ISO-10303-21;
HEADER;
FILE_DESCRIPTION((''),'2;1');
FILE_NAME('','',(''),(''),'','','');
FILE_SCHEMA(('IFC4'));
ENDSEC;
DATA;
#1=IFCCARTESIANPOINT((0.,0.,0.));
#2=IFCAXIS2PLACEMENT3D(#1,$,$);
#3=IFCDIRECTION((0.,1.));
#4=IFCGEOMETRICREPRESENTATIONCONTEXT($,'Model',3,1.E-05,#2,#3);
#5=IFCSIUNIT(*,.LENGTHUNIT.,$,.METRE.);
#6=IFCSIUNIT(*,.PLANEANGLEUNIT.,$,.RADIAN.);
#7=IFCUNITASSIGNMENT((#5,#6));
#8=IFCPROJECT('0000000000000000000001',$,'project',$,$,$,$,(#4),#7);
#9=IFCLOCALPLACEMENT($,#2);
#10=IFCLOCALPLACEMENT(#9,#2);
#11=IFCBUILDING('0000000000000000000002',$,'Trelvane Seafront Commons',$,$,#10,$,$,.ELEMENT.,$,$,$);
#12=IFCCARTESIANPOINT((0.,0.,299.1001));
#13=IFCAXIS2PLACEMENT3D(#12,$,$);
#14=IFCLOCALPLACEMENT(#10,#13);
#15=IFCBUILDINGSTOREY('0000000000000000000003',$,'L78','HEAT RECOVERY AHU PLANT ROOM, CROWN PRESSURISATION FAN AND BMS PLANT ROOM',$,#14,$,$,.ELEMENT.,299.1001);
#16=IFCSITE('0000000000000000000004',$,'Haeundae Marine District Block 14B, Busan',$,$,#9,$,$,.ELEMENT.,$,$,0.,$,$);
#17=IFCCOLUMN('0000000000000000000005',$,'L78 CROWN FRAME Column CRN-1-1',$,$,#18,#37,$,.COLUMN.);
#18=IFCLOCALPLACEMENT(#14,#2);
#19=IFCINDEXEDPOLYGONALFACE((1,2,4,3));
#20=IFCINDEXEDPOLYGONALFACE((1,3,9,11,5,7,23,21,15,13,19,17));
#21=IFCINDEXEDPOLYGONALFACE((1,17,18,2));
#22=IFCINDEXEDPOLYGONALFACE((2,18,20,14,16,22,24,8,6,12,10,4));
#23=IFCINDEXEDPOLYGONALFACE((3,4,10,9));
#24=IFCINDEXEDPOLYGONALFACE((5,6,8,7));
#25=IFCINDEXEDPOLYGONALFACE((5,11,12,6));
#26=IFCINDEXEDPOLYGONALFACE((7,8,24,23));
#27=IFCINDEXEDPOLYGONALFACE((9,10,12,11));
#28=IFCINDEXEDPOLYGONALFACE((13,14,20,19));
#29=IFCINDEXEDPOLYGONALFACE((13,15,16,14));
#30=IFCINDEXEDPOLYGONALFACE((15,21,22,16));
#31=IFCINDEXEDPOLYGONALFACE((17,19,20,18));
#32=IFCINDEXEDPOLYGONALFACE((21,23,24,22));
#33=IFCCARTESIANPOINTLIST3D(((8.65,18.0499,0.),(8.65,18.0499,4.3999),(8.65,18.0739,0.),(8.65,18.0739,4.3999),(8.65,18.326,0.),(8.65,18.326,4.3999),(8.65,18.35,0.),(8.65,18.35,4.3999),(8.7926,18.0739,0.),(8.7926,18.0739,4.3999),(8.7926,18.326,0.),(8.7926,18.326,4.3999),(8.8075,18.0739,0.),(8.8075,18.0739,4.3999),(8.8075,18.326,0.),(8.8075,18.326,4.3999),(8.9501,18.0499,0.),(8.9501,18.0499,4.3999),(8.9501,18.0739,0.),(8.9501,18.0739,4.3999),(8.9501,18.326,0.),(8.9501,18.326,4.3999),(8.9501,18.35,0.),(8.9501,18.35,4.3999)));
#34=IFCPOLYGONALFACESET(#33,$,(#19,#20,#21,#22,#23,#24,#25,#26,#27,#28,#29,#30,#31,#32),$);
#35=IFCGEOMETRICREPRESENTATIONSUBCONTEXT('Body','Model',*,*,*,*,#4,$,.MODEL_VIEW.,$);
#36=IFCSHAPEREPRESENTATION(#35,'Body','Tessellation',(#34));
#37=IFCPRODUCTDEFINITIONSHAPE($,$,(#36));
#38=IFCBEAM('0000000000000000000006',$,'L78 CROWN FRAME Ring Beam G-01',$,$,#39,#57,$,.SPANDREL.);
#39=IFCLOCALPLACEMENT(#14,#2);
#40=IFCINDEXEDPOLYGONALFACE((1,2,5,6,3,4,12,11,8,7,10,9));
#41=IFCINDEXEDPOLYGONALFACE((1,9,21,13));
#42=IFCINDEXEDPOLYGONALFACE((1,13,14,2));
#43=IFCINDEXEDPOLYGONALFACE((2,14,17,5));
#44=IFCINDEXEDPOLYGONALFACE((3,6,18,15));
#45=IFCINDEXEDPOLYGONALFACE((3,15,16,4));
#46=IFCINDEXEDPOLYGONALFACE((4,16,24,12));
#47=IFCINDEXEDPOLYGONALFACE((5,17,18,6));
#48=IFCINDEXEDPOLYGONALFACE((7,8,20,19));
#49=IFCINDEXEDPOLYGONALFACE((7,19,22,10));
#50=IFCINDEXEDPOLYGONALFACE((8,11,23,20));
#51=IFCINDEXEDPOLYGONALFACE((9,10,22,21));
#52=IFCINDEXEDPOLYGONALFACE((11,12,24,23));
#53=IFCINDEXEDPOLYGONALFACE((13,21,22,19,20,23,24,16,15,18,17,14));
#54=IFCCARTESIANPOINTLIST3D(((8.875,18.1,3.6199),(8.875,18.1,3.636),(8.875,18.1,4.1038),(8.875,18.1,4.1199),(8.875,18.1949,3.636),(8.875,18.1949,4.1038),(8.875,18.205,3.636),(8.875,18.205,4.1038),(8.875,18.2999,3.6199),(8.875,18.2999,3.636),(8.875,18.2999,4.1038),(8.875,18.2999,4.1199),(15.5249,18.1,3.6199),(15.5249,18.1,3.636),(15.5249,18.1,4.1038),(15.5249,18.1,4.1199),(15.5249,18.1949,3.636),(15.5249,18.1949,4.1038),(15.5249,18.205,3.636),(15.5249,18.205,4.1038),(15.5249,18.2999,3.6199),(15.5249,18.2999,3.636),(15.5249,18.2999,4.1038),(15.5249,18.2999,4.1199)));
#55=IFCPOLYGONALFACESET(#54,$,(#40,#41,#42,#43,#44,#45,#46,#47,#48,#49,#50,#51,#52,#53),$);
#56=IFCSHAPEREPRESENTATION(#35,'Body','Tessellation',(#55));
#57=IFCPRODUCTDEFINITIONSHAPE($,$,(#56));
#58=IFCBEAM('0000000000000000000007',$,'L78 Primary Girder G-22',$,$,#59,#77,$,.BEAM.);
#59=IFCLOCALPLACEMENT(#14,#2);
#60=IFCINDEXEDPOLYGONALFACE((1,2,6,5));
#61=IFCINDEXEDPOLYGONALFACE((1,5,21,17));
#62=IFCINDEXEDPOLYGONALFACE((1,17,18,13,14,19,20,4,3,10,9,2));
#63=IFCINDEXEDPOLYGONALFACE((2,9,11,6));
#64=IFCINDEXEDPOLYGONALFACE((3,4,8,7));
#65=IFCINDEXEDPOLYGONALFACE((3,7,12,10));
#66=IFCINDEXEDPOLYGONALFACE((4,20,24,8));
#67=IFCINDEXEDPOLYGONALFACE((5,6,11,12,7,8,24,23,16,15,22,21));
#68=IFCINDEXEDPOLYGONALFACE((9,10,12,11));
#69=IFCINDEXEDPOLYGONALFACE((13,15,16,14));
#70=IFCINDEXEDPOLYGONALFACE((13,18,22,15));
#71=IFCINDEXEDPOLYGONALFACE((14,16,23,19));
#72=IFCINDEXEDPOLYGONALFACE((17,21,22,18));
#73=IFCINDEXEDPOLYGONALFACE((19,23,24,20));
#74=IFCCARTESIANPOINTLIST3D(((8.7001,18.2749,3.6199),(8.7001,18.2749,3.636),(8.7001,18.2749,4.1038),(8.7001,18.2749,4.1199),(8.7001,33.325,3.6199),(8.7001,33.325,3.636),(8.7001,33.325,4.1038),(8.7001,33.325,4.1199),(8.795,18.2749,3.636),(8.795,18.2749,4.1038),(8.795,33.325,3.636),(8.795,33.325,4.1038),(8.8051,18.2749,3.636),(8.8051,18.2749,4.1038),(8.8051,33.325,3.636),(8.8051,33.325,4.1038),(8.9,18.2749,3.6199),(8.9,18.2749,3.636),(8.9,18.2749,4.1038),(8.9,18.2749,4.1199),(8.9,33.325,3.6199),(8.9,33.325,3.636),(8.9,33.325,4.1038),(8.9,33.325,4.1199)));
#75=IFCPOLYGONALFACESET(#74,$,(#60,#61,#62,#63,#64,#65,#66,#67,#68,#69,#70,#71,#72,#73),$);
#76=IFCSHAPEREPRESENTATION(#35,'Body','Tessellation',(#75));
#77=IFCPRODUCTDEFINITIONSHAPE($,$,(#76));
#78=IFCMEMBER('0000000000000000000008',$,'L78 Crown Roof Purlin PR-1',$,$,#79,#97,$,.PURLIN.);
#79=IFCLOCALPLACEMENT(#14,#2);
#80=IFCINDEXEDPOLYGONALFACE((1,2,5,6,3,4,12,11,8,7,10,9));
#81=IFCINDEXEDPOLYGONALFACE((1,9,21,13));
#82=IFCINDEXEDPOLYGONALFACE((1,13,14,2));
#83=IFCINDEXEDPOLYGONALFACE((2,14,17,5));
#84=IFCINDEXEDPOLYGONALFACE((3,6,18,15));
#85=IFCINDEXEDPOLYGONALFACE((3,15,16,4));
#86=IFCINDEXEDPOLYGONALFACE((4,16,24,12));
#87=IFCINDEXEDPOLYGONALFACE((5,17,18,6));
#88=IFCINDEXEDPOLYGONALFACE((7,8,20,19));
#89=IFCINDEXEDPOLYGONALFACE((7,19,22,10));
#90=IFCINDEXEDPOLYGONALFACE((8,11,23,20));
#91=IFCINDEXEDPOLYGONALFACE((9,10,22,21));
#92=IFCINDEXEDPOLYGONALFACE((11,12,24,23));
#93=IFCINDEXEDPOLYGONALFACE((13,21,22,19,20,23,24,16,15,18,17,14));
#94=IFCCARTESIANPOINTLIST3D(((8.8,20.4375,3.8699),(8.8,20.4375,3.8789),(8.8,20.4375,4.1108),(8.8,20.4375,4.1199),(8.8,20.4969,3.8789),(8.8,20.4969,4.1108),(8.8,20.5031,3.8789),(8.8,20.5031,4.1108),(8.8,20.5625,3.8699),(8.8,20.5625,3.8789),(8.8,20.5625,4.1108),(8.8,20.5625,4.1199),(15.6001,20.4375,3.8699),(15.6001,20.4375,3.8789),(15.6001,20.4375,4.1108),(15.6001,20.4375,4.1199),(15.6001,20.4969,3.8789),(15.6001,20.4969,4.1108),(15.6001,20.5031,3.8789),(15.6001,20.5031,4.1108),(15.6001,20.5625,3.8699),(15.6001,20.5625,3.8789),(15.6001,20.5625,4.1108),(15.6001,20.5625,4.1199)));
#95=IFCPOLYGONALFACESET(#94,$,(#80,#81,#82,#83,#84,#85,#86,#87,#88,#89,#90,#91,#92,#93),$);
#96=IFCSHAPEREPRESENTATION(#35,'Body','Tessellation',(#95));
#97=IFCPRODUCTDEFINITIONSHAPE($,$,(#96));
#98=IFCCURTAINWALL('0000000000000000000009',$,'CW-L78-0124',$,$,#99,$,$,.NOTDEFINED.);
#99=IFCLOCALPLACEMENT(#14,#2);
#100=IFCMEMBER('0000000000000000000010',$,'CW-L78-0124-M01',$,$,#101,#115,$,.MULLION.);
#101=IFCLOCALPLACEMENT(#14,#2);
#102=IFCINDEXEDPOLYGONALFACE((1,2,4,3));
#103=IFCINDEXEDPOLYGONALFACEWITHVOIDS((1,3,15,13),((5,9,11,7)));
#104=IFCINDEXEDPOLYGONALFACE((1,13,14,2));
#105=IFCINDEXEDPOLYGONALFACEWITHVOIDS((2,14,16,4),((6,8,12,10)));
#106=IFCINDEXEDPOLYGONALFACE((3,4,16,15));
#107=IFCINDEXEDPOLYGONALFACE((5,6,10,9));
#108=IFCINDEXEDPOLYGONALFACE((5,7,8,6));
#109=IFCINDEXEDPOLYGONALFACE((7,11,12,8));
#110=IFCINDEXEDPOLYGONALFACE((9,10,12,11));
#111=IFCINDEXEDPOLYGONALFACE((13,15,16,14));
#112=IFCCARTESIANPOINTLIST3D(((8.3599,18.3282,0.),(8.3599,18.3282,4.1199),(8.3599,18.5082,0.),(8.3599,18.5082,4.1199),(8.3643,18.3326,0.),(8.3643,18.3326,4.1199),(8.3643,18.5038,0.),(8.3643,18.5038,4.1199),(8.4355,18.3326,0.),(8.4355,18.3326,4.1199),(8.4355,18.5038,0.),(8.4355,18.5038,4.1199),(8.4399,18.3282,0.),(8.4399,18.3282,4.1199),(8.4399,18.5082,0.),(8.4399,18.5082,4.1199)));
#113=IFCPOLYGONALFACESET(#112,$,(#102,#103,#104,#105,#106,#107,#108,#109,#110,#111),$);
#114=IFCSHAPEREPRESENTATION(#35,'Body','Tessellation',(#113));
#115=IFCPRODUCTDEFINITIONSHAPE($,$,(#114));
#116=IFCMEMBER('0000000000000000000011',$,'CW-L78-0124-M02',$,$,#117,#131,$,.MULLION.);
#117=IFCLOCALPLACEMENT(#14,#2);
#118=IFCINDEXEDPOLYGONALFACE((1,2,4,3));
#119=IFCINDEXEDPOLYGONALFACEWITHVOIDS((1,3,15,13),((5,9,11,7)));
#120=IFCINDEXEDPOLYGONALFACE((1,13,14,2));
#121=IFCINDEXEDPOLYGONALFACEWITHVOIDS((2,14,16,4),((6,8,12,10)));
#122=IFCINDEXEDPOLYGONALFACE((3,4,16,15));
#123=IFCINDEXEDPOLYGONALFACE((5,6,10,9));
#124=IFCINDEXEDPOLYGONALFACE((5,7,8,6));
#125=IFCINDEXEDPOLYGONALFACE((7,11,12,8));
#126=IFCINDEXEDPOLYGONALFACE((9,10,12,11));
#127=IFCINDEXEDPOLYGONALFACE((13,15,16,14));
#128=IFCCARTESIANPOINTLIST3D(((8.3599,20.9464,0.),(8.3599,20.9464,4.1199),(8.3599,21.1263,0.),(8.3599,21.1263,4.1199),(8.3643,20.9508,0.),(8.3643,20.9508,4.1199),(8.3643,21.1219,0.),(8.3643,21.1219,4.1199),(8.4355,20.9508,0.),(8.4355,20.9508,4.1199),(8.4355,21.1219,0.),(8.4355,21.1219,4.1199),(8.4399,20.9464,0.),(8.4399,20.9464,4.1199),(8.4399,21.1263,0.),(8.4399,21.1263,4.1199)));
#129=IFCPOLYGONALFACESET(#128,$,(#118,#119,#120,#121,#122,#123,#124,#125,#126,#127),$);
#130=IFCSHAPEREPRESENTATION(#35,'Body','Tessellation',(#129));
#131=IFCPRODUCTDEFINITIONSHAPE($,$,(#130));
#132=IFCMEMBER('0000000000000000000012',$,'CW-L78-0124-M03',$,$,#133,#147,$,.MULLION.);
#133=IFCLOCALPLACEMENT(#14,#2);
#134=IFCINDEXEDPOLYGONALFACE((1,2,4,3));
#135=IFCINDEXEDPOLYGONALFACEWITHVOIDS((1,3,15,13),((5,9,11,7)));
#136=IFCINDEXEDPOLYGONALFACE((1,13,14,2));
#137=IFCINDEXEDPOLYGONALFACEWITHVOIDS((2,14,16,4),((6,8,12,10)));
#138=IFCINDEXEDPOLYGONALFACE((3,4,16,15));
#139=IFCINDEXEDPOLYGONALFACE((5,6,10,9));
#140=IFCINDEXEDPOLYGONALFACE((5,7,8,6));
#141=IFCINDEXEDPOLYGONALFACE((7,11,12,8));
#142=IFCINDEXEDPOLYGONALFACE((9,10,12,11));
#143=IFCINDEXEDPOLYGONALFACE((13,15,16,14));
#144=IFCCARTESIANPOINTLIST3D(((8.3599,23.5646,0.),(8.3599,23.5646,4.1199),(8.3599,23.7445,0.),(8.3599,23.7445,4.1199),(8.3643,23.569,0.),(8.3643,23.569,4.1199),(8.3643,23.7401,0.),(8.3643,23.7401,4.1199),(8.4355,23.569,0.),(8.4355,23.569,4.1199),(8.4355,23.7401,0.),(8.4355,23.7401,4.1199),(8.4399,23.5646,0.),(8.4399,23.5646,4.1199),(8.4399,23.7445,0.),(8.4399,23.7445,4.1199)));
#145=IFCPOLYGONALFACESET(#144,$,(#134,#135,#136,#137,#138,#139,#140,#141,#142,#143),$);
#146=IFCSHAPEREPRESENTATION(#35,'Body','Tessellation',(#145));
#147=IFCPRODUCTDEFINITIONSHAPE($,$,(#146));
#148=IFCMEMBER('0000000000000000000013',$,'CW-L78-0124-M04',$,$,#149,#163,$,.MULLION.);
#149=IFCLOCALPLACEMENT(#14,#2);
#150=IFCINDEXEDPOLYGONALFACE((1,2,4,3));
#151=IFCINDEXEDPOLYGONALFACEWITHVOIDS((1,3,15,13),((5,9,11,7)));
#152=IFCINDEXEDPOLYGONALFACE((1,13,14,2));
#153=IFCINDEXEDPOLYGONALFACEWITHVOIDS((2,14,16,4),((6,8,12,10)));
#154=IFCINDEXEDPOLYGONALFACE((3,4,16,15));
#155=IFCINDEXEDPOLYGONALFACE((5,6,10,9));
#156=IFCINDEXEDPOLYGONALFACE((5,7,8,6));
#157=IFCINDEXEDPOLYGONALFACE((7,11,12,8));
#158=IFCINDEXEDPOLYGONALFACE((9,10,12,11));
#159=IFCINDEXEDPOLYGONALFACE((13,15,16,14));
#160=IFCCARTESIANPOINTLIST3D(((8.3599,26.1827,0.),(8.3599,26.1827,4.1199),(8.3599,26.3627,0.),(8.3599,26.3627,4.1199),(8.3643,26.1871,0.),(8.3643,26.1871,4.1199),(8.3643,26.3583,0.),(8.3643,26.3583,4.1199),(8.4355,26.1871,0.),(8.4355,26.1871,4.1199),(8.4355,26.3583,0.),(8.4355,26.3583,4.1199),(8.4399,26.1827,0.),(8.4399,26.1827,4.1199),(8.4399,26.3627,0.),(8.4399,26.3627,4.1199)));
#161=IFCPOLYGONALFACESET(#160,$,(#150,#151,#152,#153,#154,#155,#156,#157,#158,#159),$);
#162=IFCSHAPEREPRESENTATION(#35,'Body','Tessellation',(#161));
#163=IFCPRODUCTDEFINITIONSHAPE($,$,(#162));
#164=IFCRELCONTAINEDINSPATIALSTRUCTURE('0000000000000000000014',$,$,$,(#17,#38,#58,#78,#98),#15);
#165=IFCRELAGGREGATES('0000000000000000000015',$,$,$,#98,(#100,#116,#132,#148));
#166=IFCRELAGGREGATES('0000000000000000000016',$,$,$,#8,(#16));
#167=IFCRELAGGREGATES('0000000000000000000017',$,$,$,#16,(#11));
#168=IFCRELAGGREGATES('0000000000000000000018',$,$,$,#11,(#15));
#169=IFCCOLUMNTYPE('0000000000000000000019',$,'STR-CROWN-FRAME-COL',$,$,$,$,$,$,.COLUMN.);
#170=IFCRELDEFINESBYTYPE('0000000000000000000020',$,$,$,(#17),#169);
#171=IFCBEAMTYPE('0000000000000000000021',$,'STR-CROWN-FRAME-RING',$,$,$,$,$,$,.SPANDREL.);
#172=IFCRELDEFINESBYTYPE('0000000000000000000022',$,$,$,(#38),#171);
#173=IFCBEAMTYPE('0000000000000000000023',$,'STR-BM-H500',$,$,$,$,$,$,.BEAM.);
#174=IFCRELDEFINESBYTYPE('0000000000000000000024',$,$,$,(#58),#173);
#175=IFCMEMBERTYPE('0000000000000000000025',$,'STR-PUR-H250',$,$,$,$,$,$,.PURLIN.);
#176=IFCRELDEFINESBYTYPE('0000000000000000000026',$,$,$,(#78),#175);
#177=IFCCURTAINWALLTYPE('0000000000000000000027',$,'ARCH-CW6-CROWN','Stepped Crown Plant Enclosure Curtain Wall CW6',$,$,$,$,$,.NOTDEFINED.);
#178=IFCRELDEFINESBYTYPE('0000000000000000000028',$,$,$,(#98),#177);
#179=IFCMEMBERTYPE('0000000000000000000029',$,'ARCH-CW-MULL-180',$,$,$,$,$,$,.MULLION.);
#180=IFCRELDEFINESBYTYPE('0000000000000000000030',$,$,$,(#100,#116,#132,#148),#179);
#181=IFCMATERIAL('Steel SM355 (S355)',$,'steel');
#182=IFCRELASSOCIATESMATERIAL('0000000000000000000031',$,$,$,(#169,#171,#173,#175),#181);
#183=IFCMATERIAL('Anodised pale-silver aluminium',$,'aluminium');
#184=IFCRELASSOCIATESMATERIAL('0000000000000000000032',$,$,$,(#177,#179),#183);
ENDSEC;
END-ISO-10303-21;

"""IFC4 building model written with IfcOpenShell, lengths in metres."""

from ifc_helpers import new_model, si_unit, direction, frame, origin, origin_2d, place, context, subcontext, project, spatial, hollow_rectangle, i_section, extrude, source, transform, mapped, material, material_profile, profile_set, type_object, element, aggregate, save


model = new_model("IFC4")

# Units and contexts
model_context = context("Model", 3, precision=1e-05, world=origin(), true_north=direction((0.0, 1.0)))
body_context = subcontext(model_context, "Body", "Model", "MODEL_VIEW")
ifc_project = project(units=[si_unit("LENGTHUNIT", "METRE"), si_unit("PLANEANGLEUNIT", "RADIAN")], contexts=[model_context])

# Site, building, storey
site_placement = place(None, origin())
site = spatial("IfcSite", under=ifc_project, at=site_placement, Name="Haeundae Marine District Block 14B, Busan", CompositionType="ELEMENT", RefElevation=0.0)
building_placement = place(site_placement, origin())
building = spatial("IfcBuilding", under=site, at=building_placement, Name="Trelvane Seafront Commons", CompositionType="ELEMENT")
storey_placement = place(building_placement, frame((0.0, 0.0, 299.1001)))
storey = spatial("IfcBuildingStorey", under=building, at=storey_placement, Name="L78", Description="HEAT RECOVERY AHU PLANT ROOM, CROWN PRESSURISATION FAN AND BMS PLANT ROOM", CompositionType="ELEMENT", Elevation=299.1001)

# Column
ifc_material_1 = material(Name="Steel SM355 (S355)", Category="steel")
ifc_material_profile_1 = material_profile(ifc_material_1, i_section(OverallWidth=0.3, OverallDepth=0.3, WebThickness=0.0149, FlangeThickness=0.0239, at=origin_2d()), Name="HD-300x300x15x24")
ifc_profile_set_1 = profile_set([ifc_material_profile_1], Name="Steel SM355 (S355)")
column_type = type_object("IfcColumnType", Name="STR-CROWN-FRAME-COL", PredefinedType="COLUMN", material=ifc_profile_set_1)
shared_shape_1 = source(origin(), body_context, "Body", "SweptSolid", [
    extrude(i_section(OverallWidth=0.3, OverallDepth=0.3, WebThickness=0.0149, FlangeThickness=0.0239, at=origin_2d()), origin(), (0.0, 0.0, 1.0), 4.3999),
])
column_placement = place(storey_placement, frame((8.8, 18.2, 0.0), z_axis=(0.0, 0.0, 1.0), x_axis=(1.0, 0.0, 0.0)))
element("IfcColumn", 1, at=column_placement, inside=storey, type_object=column_type, Name="L78 CROWN FRAME Column CRN-1-1", PredefinedType="COLUMN", context=body_context, shape_type="MappedRepresentation", body=[
    mapped(shared_shape_1, transform((0.0, 0.0, 0.0), x_axis=(1.0, 0.0, 0.0), y_axis=(0.0, 1.0, 0.0), z_axis=(0.0, 0.0, 1.0), scale=1.0)),
])

# Beams
ifc_material_profile_2 = material_profile(ifc_material_1, i_section(OverallWidth=0.2, OverallDepth=0.5, WebThickness=0.01, FlangeThickness=0.0161, at=origin_2d()), Name="H-500x200x10x16")
ifc_profile_set_2 = profile_set([ifc_material_profile_2], Name="Steel SM355 (S355)")
beam_type_1 = type_object("IfcBeamType", Name="STR-CROWN-FRAME-RING", PredefinedType="SPANDREL", material=ifc_profile_set_2)
shared_shape_2 = source(origin(), body_context, "Body", "SweptSolid", [
    extrude(i_section(OverallWidth=0.2, OverallDepth=0.5, WebThickness=0.01, FlangeThickness=0.0161, at=origin_2d()), origin(), (0.0, 0.0, 1.0), 6.6499),
])
beam_1_placement = place(storey_placement, frame((8.875, 18.2, 3.8699), z_axis=(1.0, 0.0, 0.0), x_axis=(0.0, 1.0, 0.0)))
element("IfcBeam", 2, at=beam_1_placement, inside=storey, type_object=beam_type_1, Name="L78 CROWN FRAME Ring Beam G-01", PredefinedType="SPANDREL", context=body_context, shape_type="MappedRepresentation", body=[
    mapped(shared_shape_2, transform((0.0, 0.0, 0.0), x_axis=(1.0, 0.0, 0.0), y_axis=(0.0, 1.0, 0.0), z_axis=(0.0, 0.0, 1.0), scale=1.0)),
])
ifc_material_profile_3 = material_profile(ifc_material_1, i_section(OverallWidth=0.2, OverallDepth=0.5, WebThickness=0.01, FlangeThickness=0.0161, at=origin_2d()), Name="H-500x200x10x16")
ifc_profile_set_3 = profile_set([ifc_material_profile_3], Name="Steel SM355 (S355)")
beam_type_2 = type_object("IfcBeamType", Name="STR-BM-H500", PredefinedType="BEAM", material=ifc_profile_set_3)
shared_shape_3 = source(origin(), body_context, "Body", "SweptSolid", [
    extrude(i_section(OverallWidth=0.2, OverallDepth=0.5, WebThickness=0.01, FlangeThickness=0.0161, at=origin_2d()), origin(), (0.0, 0.0, 1.0), 15.05),
])
beam_2_placement = place(storey_placement, frame((8.8, 18.2749, 3.8699), z_axis=(0.0, 1.0, 0.0), x_axis=(-1.0, 0.0, 0.0)))
element("IfcBeam", 3, at=beam_2_placement, inside=storey, type_object=beam_type_2, Name="L78 Primary Girder G-22", PredefinedType="BEAM", context=body_context, shape_type="MappedRepresentation", body=[
    mapped(shared_shape_3, transform((0.0, 0.0, 0.0), x_axis=(1.0, 0.0, 0.0), y_axis=(0.0, 1.0, 0.0), z_axis=(0.0, 0.0, 1.0), scale=1.0)),
])

# Member
ifc_material_profile_4 = material_profile(ifc_material_1, i_section(OverallWidth=0.125, OverallDepth=0.25, WebThickness=0.0061, FlangeThickness=0.009, at=origin_2d()), Name="H-250x125x6x9")
ifc_profile_set_4 = profile_set([ifc_material_profile_4], Name="Steel SM355 (S355)")
member_type_1 = type_object("IfcMemberType", Name="STR-PUR-H250", PredefinedType="PURLIN", material=ifc_profile_set_4)
shared_shape_4 = source(origin(), body_context, "Body", "SweptSolid", [
    extrude(i_section(OverallWidth=0.125, OverallDepth=0.25, WebThickness=0.0061, FlangeThickness=0.009, at=origin_2d()), origin(), (0.0, 0.0, 1.0), 6.8),
])
member_1_placement = place(storey_placement, frame((8.8, 20.5, 3.9949), z_axis=(1.0, 0.0, 0.0), x_axis=(0.0, 1.0, 0.0)))
element("IfcMember", 4, at=member_1_placement, inside=storey, type_object=member_type_1, Name="L78 Crown Roof Purlin PR-1", PredefinedType="PURLIN", context=body_context, shape_type="MappedRepresentation", body=[
    mapped(shared_shape_4, transform((0.0, 0.0, 0.0), x_axis=(1.0, 0.0, 0.0), y_axis=(0.0, 1.0, 0.0), z_axis=(0.0, 0.0, 1.0), scale=1.0)),
])

# Curtain wall, members
ifc_material_2 = material(Name="Anodised pale-silver aluminium", Category="aluminium")
curtain_wall_type = type_object("IfcCurtainWallType", Name="ARCH-CW6-CROWN", Description="Stepped Crown Plant Enclosure Curtain Wall CW6", PredefinedType="NOTDEFINED", material=ifc_material_2)
curtain_wall_placement = place(storey_placement, origin())
curtain_wall = element("IfcCurtainWall", 5, at=curtain_wall_placement, inside=storey, type_object=curtain_wall_type, Name="CW-L78-0124", PredefinedType="NOTDEFINED")
ifc_material_profile_5 = material_profile(ifc_material_2, hollow_rectangle(XDim=0.0801, YDim=0.1799, WallThickness=0.0044, at=origin_2d()), Name="MULL-80x180x4.5")
ifc_profile_set_5 = profile_set([ifc_material_profile_5], Name="Anodised pale-silver aluminium")
member_type_2 = type_object("IfcMemberType", Name="ARCH-CW-MULL-180", PredefinedType="MULLION", material=ifc_profile_set_5)
shared_shape_5 = source(origin(), body_context, "Body", "SweptSolid", [
    extrude(hollow_rectangle(XDim=0.0801, YDim=0.1799, WallThickness=0.0044, at=origin_2d()), origin(), (0.0, 0.0, 1.0), 4.1199),
])
member_2_placement = place(storey_placement, frame((8.3999, 18.4182, 0.0), z_axis=(0.0, 0.0, 1.0), x_axis=(1.0, 0.0, 0.0)))
member_2 = element("IfcMember", 6, at=member_2_placement, type_object=member_type_2, Name="CW-L78-0124-M01", PredefinedType="MULLION", context=body_context, shape_type="MappedRepresentation", body=[
    mapped(shared_shape_5, transform((0.0, 0.0, 0.0), x_axis=(1.0, 0.0, 0.0), y_axis=(0.0, 1.0, 0.0), z_axis=(0.0, 0.0, 1.0), scale=1.0)),
])
member_3_placement = place(storey_placement, frame((8.3999, 21.0364, 0.0), z_axis=(0.0, 0.0, 1.0), x_axis=(1.0, 0.0, 0.0)))
member_3 = element("IfcMember", 7, at=member_3_placement, type_object=member_type_2, Name="CW-L78-0124-M02", PredefinedType="MULLION", context=body_context, shape_type="MappedRepresentation", body=[
    mapped(shared_shape_5, transform((0.0, 0.0, 0.0), x_axis=(1.0, 0.0, 0.0), y_axis=(0.0, 1.0, 0.0), z_axis=(0.0, 0.0, 1.0), scale=1.0)),
])
member_4_placement = place(storey_placement, frame((8.3999, 23.6545, 0.0), z_axis=(0.0, 0.0, 1.0), x_axis=(1.0, 0.0, 0.0)))
member_4 = element("IfcMember", 8, at=member_4_placement, type_object=member_type_2, Name="CW-L78-0124-M03", PredefinedType="MULLION", context=body_context, shape_type="MappedRepresentation", body=[
    mapped(shared_shape_5, transform((0.0, 0.0, 0.0), x_axis=(1.0, 0.0, 0.0), y_axis=(0.0, 1.0, 0.0), z_axis=(0.0, 0.0, 1.0), scale=1.0)),
])
member_5_placement = place(storey_placement, frame((8.3999, 26.2727, 0.0), z_axis=(0.0, 0.0, 1.0), x_axis=(1.0, 0.0, 0.0)))
member_5 = element("IfcMember", 9, at=member_5_placement, type_object=member_type_2, Name="CW-L78-0124-M04", PredefinedType="MULLION", context=body_context, shape_type="MappedRepresentation", body=[
    mapped(shared_shape_5, transform((0.0, 0.0, 0.0), x_axis=(1.0, 0.0, 0.0), y_axis=(0.0, 1.0, 0.0), z_axis=(0.0, 0.0, 1.0), scale=1.0)),
])

aggregate(curtain_wall, [member_2, member_3, member_4, member_5])

save(model, "model.ifc")
